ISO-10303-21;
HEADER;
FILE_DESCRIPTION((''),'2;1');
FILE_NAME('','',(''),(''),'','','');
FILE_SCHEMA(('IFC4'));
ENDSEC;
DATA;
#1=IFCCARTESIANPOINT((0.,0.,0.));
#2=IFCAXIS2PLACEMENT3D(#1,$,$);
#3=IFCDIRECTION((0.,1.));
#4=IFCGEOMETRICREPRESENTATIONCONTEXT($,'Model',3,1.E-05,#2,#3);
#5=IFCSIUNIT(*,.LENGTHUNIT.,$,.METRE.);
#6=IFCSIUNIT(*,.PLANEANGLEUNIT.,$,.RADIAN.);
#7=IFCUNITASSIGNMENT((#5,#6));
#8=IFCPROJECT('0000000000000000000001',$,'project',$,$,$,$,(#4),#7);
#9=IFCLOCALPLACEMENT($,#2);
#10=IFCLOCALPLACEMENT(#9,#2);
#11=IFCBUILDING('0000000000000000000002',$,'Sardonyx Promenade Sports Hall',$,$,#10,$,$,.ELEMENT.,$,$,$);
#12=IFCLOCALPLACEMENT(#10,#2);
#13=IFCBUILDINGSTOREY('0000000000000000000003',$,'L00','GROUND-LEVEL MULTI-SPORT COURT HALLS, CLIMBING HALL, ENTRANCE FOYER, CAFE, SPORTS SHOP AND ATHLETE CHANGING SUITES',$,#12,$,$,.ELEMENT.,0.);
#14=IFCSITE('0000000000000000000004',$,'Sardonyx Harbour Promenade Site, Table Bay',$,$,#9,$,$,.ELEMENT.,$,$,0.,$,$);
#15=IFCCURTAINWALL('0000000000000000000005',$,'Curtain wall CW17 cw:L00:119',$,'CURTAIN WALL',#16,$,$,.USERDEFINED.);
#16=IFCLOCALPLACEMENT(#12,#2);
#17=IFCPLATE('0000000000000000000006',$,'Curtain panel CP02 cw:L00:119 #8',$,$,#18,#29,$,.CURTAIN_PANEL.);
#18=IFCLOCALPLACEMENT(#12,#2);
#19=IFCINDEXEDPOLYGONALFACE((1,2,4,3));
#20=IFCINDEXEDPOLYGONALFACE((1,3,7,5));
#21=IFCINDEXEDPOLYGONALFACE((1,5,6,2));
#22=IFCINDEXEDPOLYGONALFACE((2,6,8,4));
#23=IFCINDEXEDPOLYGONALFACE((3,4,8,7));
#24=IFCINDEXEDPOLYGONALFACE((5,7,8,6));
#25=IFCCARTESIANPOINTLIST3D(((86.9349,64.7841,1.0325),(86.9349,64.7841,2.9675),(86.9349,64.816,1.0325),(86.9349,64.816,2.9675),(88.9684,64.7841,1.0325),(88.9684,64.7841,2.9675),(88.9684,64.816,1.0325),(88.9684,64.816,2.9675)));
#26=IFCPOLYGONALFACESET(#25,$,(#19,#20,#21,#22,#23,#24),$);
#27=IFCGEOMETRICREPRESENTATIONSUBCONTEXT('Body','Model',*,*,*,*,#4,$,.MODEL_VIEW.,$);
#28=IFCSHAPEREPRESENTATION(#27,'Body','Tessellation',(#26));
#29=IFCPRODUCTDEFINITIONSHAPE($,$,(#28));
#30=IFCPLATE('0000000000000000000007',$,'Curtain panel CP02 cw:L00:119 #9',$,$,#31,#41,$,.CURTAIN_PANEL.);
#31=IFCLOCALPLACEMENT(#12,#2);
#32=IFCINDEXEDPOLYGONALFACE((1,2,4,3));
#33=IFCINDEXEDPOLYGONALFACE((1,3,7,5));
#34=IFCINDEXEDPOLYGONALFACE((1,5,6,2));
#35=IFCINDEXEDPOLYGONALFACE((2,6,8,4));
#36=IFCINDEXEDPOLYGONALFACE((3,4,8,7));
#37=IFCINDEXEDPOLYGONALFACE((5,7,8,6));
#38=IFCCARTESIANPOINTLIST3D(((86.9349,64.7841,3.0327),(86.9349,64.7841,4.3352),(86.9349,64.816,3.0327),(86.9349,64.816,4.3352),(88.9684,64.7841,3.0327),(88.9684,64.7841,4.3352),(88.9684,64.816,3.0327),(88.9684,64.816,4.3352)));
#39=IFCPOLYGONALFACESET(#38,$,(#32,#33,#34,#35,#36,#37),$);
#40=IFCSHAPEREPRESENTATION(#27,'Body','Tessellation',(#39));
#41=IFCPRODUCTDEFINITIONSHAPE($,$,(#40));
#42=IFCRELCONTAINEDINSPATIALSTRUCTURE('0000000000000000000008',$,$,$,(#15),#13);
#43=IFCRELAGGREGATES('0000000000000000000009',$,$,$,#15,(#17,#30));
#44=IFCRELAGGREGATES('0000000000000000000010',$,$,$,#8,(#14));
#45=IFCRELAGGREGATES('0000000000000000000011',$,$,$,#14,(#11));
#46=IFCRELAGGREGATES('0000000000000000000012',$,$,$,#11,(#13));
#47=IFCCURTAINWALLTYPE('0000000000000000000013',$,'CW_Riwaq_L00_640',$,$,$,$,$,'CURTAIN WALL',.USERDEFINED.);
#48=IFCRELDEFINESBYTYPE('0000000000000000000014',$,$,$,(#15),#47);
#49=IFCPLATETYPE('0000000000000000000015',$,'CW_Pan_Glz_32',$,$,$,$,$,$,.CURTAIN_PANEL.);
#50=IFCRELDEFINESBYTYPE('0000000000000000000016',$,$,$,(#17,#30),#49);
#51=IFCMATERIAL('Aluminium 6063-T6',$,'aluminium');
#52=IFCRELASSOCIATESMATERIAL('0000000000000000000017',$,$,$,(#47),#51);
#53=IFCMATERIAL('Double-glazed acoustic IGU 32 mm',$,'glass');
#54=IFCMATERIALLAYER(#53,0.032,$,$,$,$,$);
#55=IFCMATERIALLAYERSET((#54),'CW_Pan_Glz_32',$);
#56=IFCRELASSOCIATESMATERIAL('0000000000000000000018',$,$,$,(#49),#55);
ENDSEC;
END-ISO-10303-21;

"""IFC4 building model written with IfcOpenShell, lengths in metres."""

from ifc_helpers import new_model, si_unit, direction, frame, origin, origin_2d, place, context, subcontext, project, spatial, rectangle, extrude, material, layer, layer_set, type_object, element, aggregate, save


model = new_model("IFC4")

# Units and contexts
model_context = context("Model", 3, precision=1e-05, world=origin(), true_north=direction((0.0, 1.0)))
body_context = subcontext(model_context, "Body", "Model", "MODEL_VIEW")
ifc_project = project(units=[si_unit("LENGTHUNIT", "METRE"), si_unit("PLANEANGLEUNIT", "RADIAN")], contexts=[model_context])

# Site, building, storey
site_placement = place(None, origin())
site = spatial("IfcSite", under=ifc_project, at=site_placement, Name="Sardonyx Harbour Promenade Site, Table Bay", CompositionType="ELEMENT", RefElevation=0.0)
building_placement = place(site_placement, origin())
building = spatial("IfcBuilding", under=site, at=building_placement, Name="Sardonyx Promenade Sports Hall", CompositionType="ELEMENT")
storey_placement = place(building_placement, origin())
storey = spatial("IfcBuildingStorey", under=building, at=storey_placement, Name="L00", Description="GROUND-LEVEL MULTI-SPORT COURT HALLS, CLIMBING HALL, ENTRANCE FOYER, CAFE, SPORTS SHOP AND ATHLETE CHANGING SUITES", CompositionType="ELEMENT", Elevation=0.0)

# Shared definitions
ifc_material_1 = material(Name="Aluminium 6063-T6", Category="aluminium")
curtain_wall_type = type_object("IfcCurtainWallType", Name="CW_Riwaq_L00_640", ElementType="CURTAIN WALL", PredefinedType="USERDEFINED", material=ifc_material_1)

# Curtain wall
curtain_wall_1_placement = place(storey_placement, origin())
curtain_wall_1 = element("IfcCurtainWall", 1, at=curtain_wall_1_placement, inside=storey, type_object=curtain_wall_type, Name="Curtain wall CW17 cw:L00:119", ObjectType="CURTAIN WALL", PredefinedType="USERDEFINED")

# Plates
ifc_material_2 = material(Name="Double-glazed acoustic IGU 32 mm", Category="glass")
ifc_layer = layer(ifc_material_2, 0.032)
ifc_layer_set = layer_set([ifc_layer], Name="CW_Pan_Glz_32")
plate_type = type_object("IfcPlateType", Name="CW_Pan_Glz_32", PredefinedType="CURTAIN_PANEL", material=ifc_layer_set)
plate_1_placement = place(storey_placement, frame((87.9517, 64.8, 1.0325), z_axis=(0.0, 0.0, 1.0), x_axis=(-1.0, 0.0, 0.0)))
plate_1 = element("IfcPlate", 2, at=plate_1_placement, type_object=plate_type, Name="Curtain panel CP02 cw:L00:119 #8", PredefinedType="CURTAIN_PANEL", context=body_context, shape_type="SweptSolid", body=[
    extrude(rectangle(XDim=2.0334, YDim=0.032, at=origin_2d()), origin(), (0.0, 0.0, 1.0), 1.9351),
])
plate_2_placement = place(storey_placement, frame((87.9517, 64.8, 3.0327), z_axis=(0.0, 0.0, 1.0), x_axis=(-1.0, 0.0, 0.0)))
plate_2 = element("IfcPlate", 3, at=plate_2_placement, type_object=plate_type, Name="Curtain panel CP02 cw:L00:119 #9", PredefinedType="CURTAIN_PANEL", context=body_context, shape_type="SweptSolid", body=[
    extrude(rectangle(XDim=2.0334, YDim=0.032, at=origin_2d()), origin(), (0.0, 0.0, 1.0), 1.3025),
])
aggregate(curtain_wall_1, [plate_1, plate_2])

save(model, "model.ifc")
